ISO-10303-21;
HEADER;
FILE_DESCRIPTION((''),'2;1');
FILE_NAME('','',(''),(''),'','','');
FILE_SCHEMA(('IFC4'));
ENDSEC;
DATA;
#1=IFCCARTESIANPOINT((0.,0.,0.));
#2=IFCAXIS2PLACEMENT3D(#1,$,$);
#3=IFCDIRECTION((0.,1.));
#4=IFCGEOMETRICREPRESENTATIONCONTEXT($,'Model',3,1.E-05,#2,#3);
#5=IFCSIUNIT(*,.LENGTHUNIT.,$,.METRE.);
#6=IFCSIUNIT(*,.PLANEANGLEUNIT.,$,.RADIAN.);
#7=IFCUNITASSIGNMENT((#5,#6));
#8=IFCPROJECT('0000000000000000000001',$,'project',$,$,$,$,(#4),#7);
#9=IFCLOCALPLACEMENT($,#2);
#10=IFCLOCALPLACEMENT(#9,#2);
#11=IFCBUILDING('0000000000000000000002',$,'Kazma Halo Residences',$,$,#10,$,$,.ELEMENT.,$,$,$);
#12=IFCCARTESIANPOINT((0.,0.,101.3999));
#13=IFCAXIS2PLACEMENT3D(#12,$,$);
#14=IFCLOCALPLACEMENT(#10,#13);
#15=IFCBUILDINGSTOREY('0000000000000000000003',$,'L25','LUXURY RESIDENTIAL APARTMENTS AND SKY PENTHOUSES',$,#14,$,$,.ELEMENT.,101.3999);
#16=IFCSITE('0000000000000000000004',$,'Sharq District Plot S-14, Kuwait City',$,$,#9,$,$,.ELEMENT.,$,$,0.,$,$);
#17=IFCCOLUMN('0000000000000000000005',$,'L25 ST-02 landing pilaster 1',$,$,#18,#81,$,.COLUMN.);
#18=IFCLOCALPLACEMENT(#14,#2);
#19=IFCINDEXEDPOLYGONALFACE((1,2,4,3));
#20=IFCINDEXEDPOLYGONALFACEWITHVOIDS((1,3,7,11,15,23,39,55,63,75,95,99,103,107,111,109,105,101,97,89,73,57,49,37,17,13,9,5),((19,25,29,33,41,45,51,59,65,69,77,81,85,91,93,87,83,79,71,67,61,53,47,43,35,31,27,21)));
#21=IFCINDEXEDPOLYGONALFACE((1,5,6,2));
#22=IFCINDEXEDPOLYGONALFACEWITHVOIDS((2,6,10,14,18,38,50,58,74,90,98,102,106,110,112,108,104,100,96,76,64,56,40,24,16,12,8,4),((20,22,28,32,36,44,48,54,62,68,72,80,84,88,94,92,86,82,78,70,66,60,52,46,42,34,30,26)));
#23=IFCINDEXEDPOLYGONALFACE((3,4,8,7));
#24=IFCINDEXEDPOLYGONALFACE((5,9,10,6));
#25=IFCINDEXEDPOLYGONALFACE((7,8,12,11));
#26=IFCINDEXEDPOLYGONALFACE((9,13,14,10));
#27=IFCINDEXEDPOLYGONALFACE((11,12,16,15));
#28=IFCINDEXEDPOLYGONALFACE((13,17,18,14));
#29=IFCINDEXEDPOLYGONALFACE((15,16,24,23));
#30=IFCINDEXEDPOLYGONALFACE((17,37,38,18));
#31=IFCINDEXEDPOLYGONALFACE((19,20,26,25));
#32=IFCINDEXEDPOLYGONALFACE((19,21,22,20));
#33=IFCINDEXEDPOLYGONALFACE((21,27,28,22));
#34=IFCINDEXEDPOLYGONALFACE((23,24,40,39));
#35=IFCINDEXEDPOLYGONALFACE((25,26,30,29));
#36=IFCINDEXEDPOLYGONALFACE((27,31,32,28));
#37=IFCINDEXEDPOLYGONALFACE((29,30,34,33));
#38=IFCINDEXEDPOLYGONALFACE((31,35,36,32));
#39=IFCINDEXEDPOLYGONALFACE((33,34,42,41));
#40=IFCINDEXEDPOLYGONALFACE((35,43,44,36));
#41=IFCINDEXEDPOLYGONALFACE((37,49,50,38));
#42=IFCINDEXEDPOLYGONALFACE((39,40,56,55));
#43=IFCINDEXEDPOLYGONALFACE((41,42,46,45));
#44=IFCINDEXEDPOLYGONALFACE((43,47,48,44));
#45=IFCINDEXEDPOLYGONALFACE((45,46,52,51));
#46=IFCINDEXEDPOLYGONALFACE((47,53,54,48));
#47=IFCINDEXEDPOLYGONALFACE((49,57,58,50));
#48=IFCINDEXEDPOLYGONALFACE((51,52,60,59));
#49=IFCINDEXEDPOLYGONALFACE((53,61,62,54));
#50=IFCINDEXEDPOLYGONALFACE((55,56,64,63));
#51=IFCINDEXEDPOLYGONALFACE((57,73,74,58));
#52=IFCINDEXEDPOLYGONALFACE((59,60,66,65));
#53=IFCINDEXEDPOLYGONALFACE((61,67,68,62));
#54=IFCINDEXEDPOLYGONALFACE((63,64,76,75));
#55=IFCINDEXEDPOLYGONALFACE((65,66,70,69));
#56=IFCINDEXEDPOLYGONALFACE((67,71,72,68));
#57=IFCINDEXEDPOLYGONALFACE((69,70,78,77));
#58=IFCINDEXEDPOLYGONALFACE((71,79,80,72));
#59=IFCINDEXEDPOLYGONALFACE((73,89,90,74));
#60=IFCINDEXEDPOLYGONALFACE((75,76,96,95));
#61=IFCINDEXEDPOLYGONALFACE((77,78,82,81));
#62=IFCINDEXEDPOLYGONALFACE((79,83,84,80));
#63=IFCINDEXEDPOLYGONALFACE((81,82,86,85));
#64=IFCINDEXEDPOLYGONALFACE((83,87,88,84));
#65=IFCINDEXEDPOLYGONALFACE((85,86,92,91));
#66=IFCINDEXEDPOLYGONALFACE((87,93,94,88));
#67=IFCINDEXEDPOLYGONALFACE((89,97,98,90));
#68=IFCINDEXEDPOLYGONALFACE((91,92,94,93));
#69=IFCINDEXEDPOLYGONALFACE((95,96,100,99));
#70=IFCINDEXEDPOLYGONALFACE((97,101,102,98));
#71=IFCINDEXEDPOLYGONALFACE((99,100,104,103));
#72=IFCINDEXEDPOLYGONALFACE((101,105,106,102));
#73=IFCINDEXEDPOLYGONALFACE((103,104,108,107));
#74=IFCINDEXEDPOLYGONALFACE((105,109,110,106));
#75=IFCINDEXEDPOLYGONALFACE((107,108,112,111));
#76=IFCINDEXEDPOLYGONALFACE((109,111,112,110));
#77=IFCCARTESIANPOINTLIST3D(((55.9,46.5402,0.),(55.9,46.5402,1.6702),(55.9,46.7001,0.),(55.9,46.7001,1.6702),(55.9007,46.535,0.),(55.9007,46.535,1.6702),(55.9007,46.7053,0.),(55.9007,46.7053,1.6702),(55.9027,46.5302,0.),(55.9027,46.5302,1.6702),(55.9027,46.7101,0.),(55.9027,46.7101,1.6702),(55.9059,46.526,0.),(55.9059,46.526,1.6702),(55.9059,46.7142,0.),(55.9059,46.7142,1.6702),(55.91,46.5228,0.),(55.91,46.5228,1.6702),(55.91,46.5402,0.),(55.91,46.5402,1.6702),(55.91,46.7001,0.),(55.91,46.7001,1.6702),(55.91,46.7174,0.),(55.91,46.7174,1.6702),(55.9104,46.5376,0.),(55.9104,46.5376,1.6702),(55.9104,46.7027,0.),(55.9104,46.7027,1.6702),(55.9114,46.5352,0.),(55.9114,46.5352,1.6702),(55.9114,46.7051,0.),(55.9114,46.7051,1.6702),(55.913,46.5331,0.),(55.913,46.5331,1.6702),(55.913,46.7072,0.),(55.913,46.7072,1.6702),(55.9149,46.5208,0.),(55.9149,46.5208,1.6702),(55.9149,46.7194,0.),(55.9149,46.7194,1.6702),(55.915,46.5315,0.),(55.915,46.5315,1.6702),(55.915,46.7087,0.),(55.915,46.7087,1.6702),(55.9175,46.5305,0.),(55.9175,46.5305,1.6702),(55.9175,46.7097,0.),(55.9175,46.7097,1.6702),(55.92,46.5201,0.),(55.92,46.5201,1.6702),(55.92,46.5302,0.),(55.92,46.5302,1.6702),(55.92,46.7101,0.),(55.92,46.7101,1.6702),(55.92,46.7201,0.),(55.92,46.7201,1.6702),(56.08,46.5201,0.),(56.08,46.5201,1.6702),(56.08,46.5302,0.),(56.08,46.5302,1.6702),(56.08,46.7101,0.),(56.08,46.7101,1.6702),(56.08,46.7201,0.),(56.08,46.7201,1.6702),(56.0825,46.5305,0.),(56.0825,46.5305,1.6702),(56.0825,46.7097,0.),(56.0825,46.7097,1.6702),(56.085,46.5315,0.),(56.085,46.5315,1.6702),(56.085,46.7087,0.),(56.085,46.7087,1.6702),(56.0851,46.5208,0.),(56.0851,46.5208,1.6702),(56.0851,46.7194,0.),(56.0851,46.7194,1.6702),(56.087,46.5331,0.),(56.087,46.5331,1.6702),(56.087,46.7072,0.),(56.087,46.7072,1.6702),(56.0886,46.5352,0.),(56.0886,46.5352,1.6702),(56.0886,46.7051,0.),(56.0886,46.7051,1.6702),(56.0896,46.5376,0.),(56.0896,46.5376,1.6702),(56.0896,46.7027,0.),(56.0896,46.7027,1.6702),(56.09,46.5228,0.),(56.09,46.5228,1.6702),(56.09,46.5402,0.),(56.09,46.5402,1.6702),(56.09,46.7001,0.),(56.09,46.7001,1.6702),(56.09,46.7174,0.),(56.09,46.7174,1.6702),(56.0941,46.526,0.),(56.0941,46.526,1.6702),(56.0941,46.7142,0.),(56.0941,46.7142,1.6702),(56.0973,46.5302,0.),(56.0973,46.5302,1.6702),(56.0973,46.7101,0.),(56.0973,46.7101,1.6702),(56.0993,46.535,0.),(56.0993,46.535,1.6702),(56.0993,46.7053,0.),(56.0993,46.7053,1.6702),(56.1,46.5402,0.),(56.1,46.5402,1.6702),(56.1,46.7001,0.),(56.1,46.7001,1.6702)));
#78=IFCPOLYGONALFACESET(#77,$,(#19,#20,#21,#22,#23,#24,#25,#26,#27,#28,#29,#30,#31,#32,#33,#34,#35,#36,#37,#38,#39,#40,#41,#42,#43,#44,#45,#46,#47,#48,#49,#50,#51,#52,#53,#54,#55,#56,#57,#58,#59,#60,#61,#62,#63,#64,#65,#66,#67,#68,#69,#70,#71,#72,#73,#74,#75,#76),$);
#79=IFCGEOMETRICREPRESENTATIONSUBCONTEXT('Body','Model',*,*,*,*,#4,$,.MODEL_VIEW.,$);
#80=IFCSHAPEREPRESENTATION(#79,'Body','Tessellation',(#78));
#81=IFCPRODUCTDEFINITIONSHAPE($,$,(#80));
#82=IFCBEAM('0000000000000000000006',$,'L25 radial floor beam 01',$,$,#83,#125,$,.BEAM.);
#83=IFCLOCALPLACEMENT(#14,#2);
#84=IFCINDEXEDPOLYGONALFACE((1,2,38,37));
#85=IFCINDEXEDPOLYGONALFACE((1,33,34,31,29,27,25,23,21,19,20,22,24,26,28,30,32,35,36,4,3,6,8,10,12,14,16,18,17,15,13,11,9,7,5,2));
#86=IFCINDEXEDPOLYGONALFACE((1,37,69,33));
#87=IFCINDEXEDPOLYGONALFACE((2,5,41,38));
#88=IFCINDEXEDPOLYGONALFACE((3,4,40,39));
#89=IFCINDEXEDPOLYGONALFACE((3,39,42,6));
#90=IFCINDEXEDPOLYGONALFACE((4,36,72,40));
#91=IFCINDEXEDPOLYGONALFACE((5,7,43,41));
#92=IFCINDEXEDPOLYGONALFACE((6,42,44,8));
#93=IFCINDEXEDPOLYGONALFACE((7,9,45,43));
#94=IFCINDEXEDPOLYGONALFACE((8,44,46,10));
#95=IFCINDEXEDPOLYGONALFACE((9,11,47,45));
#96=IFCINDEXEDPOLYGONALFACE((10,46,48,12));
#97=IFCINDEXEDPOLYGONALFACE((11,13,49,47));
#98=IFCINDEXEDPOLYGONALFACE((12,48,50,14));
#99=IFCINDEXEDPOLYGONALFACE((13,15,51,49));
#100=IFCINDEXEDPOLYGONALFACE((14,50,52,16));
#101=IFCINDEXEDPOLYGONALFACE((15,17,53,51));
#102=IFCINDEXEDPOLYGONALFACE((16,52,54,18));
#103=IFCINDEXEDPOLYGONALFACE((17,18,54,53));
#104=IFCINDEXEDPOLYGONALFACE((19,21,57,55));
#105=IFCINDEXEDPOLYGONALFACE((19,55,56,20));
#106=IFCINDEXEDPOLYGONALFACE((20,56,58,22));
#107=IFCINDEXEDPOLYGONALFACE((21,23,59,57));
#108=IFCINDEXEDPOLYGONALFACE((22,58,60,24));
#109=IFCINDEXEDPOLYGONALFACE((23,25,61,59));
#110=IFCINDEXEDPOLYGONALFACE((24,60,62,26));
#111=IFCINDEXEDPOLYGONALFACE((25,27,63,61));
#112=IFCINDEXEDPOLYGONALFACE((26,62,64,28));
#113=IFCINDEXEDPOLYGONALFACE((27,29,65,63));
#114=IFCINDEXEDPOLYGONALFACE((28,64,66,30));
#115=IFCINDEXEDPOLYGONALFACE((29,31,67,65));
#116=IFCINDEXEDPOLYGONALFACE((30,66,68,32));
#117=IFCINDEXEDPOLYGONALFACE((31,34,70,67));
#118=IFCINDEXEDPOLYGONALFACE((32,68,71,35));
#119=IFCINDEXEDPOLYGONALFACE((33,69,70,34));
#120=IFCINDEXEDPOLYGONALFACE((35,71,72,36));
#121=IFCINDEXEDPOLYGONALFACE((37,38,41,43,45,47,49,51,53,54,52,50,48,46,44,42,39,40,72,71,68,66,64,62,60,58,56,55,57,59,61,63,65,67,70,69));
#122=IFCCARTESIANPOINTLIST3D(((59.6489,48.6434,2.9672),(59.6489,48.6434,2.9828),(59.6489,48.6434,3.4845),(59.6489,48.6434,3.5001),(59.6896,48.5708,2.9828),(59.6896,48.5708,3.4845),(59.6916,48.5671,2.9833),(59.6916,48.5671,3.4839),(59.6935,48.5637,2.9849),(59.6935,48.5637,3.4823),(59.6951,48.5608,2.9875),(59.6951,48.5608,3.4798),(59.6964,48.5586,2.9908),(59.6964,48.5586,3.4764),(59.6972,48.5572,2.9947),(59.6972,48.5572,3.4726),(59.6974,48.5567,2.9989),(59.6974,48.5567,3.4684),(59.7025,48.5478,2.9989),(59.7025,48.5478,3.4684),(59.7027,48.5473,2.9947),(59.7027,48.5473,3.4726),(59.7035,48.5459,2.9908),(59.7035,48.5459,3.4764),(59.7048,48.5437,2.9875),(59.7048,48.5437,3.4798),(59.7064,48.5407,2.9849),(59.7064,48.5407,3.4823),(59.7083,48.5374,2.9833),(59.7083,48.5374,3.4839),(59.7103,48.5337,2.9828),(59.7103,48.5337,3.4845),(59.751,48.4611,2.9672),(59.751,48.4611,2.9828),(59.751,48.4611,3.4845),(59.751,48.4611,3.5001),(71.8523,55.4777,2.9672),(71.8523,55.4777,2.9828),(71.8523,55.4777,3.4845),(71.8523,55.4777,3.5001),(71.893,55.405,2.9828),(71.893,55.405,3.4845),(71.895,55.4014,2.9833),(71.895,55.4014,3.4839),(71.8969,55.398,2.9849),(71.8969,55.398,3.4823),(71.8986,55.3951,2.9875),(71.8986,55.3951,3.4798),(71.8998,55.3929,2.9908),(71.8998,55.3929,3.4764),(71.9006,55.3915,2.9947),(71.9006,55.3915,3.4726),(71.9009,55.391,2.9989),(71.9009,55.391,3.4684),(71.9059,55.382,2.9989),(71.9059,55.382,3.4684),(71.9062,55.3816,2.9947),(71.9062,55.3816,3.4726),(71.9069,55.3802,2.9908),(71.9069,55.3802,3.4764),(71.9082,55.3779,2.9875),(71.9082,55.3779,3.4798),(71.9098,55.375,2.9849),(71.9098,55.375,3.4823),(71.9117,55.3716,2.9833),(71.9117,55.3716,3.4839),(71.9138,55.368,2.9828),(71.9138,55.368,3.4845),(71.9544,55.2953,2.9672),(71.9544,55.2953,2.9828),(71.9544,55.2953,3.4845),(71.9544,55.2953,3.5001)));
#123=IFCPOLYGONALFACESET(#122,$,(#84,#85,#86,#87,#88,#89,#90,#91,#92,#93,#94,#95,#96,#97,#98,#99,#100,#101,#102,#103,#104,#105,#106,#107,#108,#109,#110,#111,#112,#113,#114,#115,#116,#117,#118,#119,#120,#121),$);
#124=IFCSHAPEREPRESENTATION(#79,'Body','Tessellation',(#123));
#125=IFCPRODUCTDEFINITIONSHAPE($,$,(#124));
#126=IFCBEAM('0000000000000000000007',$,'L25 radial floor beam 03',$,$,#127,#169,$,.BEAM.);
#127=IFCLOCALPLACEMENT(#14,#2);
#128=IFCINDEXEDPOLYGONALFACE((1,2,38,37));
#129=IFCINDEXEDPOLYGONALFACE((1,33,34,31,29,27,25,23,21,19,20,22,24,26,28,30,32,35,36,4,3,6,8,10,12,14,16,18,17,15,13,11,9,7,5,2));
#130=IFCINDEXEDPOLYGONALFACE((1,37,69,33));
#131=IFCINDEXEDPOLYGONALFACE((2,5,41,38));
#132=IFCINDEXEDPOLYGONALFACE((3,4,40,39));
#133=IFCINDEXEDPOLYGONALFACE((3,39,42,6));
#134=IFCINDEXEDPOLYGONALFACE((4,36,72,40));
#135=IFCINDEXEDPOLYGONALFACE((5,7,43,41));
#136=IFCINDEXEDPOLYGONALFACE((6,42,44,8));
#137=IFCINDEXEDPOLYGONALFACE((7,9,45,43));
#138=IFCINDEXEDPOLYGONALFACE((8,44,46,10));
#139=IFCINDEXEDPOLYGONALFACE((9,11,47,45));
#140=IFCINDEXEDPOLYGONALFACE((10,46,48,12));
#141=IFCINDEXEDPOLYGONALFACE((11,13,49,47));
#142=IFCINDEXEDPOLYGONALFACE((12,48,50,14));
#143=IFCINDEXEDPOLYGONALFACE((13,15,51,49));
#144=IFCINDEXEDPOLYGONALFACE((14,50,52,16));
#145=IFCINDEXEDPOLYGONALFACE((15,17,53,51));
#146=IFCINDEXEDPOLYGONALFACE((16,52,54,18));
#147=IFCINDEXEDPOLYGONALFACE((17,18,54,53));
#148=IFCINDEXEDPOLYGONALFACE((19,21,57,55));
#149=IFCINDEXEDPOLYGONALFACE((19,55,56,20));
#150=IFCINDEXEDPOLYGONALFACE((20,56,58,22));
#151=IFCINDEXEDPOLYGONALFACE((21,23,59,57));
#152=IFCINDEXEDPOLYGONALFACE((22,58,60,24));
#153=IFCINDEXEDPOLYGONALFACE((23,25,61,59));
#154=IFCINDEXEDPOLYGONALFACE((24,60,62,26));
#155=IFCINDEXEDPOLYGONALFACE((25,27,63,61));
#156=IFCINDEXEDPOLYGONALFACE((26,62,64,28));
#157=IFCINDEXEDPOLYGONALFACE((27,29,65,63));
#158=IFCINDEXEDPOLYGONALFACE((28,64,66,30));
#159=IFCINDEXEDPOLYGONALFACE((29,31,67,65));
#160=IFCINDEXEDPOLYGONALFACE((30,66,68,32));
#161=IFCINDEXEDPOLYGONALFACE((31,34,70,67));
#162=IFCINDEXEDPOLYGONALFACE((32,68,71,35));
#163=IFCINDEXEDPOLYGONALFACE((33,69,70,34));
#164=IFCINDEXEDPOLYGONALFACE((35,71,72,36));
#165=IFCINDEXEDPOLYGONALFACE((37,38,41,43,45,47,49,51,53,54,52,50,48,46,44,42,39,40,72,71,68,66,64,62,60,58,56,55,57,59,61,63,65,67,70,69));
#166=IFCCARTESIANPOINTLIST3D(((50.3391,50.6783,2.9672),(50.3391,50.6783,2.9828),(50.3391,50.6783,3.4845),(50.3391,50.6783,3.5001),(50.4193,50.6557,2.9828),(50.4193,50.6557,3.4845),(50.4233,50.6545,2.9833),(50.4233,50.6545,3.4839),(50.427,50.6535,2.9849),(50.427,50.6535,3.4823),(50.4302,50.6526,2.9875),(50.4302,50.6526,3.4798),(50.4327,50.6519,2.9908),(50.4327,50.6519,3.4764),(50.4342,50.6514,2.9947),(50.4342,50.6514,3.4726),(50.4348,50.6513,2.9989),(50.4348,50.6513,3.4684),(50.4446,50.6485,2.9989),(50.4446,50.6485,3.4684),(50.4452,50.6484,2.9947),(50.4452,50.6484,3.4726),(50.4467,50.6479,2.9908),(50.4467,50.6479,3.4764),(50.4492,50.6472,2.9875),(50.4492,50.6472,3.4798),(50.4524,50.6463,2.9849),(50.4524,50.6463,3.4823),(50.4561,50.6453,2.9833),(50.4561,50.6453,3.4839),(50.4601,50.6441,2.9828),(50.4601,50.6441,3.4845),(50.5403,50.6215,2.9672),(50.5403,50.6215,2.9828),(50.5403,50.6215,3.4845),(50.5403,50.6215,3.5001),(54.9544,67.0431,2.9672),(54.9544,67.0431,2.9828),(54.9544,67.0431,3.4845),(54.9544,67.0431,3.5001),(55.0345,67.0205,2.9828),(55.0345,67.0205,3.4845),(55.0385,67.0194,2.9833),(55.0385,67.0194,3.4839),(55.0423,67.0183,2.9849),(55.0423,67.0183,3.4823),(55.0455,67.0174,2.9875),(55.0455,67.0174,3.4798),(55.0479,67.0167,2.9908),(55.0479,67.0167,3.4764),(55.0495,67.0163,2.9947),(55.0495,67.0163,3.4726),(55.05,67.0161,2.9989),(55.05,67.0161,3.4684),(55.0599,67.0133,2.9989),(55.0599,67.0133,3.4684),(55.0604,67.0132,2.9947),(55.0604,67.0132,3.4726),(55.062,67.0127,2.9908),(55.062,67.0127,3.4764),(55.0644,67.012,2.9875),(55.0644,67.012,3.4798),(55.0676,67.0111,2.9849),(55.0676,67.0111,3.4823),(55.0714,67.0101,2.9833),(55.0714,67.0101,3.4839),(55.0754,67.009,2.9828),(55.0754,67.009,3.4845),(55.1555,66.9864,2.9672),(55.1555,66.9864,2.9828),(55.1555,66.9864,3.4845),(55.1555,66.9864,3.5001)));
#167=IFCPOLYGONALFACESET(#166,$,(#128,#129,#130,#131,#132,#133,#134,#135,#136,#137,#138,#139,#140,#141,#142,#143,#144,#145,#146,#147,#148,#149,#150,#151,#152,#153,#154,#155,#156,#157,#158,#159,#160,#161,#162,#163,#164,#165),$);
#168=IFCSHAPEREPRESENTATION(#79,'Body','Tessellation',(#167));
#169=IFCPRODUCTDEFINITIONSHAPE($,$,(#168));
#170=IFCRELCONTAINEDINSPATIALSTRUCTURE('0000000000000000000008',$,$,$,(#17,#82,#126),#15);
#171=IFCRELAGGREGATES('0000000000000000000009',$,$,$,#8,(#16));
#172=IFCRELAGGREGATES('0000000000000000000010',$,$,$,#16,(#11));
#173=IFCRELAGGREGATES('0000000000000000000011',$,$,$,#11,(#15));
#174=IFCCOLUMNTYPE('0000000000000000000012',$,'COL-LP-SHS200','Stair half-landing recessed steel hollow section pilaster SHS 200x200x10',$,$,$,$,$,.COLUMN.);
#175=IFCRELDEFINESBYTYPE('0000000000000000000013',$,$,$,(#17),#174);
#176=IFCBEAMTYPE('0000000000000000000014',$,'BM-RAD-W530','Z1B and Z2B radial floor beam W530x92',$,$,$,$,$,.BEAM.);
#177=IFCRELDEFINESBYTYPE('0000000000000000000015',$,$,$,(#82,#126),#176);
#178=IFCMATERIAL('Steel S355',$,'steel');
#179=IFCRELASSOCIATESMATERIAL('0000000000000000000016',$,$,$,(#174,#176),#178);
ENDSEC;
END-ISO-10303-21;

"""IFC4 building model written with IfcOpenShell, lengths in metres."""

from ifc_helpers import new_model, si_unit, direction, frame, origin, origin_2d, place, context, subcontext, project, spatial, hollow_rectangle, i_section, extrude, material, material_profile, profile_set, type_object, element, save


model = new_model("IFC4")

# Units and contexts
model_context = context("Model", 3, precision=1e-05, world=origin(), true_north=direction((0.0, 1.0)))
body_context = subcontext(model_context, "Body", "Model", "MODEL_VIEW")
ifc_project = project(units=[si_unit("LENGTHUNIT", "METRE"), si_unit("PLANEANGLEUNIT", "RADIAN")], contexts=[model_context])

# Site, building, storey
site_placement = place(None, origin())
site = spatial("IfcSite", under=ifc_project, at=site_placement, Name="Sharq District Plot S-14, Kuwait City", CompositionType="ELEMENT", RefElevation=0.0)
building_placement = place(site_placement, origin())
building = spatial("IfcBuilding", under=site, at=building_placement, Name="Kazma Halo Residences", CompositionType="ELEMENT")
storey_placement = place(building_placement, frame((0.0, 0.0, 101.3999)))
storey = spatial("IfcBuildingStorey", under=building, at=storey_placement, Name="L25", Description="LUXURY RESIDENTIAL APARTMENTS AND SKY PENTHOUSES", CompositionType="ELEMENT", Elevation=101.3999)

# Column
ifc_material_1 = material(Name="Steel S355", Category="steel")
ifc_material_profile_1 = material_profile(ifc_material_1, hollow_rectangle(XDim=0.2, YDim=0.2, WallThickness=0.01, InnerFilletRadius=0.01, OuterFilletRadius=0.02, at=origin_2d()), Name="SHS200x200x10")
ifc_profile_set_1 = profile_set([ifc_material_profile_1], Name="Steel S355")
column_type = type_object("IfcColumnType", Name="COL-LP-SHS200", Description="Stair half-landing recessed steel hollow section pilaster SHS 200x200x10", PredefinedType="COLUMN", material=ifc_profile_set_1)
column_placement = place(storey_placement, frame((56.0, 46.6201, 0.0), z_axis=(0.0, 0.0, 1.0), x_axis=(1.0, 0.0, 0.0)))
element("IfcColumn", 1, at=column_placement, inside=storey, type_object=column_type, Name="L25 ST-02 landing pilaster 1", PredefinedType="COLUMN", context=body_context, shape_type="SweptSolid", body=[
    extrude(hollow_rectangle(XDim=0.2, YDim=0.2, WallThickness=0.01, InnerFilletRadius=0.01, OuterFilletRadius=0.02, at=origin_2d()), origin(), (0.0, 0.0, 1.0), 1.6702),
])

# Beams
ifc_material_profile_2 = material_profile(ifc_material_1, i_section(OverallWidth=0.209, OverallDepth=0.533, WebThickness=0.0103, FlangeThickness=0.0156, FilletRadius=0.0161, at=origin_2d()), Name="W530x92")
ifc_profile_set_2 = profile_set([ifc_material_profile_2], Name="Steel S355")
beam_type_1 = type_object("IfcBeamType", Name="BM-RAD-W530", Description="Z1B and Z2B radial floor beam W530x92", PredefinedType="BEAM", material=ifc_profile_set_2)
beam_1_placement = place(storey_placement, frame((59.7, 48.5522, 3.2336), z_axis=(0.872496, 0.488622, 0.0), x_axis=(-0.488622, 0.872496, 0.0)))
element("IfcBeam", 2, at=beam_1_placement, inside=storey, type_object=beam_type_1, Name="L25 radial floor beam 01", PredefinedType="BEAM", context=body_context, shape_type="SweptSolid", body=[
    extrude(i_section(OverallWidth=0.209, OverallDepth=0.533, WebThickness=0.0103, FlangeThickness=0.0156, FilletRadius=0.0161, at=origin_2d()), origin(), (0.0, 0.0, 1.0), 13.9868),
])
beam_2_placement = place(storey_placement, frame((50.4397, 50.6499, 3.2336), z_axis=(0.271435, 0.962457, 0.0), x_axis=(-0.962457, 0.271435, 0.0)))
element("IfcBeam", 3, at=beam_2_placement, inside=storey, type_object=beam_type_1, Name="L25 radial floor beam 03", PredefinedType="BEAM", context=body_context, shape_type="SweptSolid", body=[
    extrude(i_section(OverallWidth=0.209, OverallDepth=0.533, WebThickness=0.0103, FlangeThickness=0.0156, FilletRadius=0.0161, at=origin_2d()), origin(), (0.0, 0.0, 1.0), 17.0032),
])

save(model, "model.ifc")
